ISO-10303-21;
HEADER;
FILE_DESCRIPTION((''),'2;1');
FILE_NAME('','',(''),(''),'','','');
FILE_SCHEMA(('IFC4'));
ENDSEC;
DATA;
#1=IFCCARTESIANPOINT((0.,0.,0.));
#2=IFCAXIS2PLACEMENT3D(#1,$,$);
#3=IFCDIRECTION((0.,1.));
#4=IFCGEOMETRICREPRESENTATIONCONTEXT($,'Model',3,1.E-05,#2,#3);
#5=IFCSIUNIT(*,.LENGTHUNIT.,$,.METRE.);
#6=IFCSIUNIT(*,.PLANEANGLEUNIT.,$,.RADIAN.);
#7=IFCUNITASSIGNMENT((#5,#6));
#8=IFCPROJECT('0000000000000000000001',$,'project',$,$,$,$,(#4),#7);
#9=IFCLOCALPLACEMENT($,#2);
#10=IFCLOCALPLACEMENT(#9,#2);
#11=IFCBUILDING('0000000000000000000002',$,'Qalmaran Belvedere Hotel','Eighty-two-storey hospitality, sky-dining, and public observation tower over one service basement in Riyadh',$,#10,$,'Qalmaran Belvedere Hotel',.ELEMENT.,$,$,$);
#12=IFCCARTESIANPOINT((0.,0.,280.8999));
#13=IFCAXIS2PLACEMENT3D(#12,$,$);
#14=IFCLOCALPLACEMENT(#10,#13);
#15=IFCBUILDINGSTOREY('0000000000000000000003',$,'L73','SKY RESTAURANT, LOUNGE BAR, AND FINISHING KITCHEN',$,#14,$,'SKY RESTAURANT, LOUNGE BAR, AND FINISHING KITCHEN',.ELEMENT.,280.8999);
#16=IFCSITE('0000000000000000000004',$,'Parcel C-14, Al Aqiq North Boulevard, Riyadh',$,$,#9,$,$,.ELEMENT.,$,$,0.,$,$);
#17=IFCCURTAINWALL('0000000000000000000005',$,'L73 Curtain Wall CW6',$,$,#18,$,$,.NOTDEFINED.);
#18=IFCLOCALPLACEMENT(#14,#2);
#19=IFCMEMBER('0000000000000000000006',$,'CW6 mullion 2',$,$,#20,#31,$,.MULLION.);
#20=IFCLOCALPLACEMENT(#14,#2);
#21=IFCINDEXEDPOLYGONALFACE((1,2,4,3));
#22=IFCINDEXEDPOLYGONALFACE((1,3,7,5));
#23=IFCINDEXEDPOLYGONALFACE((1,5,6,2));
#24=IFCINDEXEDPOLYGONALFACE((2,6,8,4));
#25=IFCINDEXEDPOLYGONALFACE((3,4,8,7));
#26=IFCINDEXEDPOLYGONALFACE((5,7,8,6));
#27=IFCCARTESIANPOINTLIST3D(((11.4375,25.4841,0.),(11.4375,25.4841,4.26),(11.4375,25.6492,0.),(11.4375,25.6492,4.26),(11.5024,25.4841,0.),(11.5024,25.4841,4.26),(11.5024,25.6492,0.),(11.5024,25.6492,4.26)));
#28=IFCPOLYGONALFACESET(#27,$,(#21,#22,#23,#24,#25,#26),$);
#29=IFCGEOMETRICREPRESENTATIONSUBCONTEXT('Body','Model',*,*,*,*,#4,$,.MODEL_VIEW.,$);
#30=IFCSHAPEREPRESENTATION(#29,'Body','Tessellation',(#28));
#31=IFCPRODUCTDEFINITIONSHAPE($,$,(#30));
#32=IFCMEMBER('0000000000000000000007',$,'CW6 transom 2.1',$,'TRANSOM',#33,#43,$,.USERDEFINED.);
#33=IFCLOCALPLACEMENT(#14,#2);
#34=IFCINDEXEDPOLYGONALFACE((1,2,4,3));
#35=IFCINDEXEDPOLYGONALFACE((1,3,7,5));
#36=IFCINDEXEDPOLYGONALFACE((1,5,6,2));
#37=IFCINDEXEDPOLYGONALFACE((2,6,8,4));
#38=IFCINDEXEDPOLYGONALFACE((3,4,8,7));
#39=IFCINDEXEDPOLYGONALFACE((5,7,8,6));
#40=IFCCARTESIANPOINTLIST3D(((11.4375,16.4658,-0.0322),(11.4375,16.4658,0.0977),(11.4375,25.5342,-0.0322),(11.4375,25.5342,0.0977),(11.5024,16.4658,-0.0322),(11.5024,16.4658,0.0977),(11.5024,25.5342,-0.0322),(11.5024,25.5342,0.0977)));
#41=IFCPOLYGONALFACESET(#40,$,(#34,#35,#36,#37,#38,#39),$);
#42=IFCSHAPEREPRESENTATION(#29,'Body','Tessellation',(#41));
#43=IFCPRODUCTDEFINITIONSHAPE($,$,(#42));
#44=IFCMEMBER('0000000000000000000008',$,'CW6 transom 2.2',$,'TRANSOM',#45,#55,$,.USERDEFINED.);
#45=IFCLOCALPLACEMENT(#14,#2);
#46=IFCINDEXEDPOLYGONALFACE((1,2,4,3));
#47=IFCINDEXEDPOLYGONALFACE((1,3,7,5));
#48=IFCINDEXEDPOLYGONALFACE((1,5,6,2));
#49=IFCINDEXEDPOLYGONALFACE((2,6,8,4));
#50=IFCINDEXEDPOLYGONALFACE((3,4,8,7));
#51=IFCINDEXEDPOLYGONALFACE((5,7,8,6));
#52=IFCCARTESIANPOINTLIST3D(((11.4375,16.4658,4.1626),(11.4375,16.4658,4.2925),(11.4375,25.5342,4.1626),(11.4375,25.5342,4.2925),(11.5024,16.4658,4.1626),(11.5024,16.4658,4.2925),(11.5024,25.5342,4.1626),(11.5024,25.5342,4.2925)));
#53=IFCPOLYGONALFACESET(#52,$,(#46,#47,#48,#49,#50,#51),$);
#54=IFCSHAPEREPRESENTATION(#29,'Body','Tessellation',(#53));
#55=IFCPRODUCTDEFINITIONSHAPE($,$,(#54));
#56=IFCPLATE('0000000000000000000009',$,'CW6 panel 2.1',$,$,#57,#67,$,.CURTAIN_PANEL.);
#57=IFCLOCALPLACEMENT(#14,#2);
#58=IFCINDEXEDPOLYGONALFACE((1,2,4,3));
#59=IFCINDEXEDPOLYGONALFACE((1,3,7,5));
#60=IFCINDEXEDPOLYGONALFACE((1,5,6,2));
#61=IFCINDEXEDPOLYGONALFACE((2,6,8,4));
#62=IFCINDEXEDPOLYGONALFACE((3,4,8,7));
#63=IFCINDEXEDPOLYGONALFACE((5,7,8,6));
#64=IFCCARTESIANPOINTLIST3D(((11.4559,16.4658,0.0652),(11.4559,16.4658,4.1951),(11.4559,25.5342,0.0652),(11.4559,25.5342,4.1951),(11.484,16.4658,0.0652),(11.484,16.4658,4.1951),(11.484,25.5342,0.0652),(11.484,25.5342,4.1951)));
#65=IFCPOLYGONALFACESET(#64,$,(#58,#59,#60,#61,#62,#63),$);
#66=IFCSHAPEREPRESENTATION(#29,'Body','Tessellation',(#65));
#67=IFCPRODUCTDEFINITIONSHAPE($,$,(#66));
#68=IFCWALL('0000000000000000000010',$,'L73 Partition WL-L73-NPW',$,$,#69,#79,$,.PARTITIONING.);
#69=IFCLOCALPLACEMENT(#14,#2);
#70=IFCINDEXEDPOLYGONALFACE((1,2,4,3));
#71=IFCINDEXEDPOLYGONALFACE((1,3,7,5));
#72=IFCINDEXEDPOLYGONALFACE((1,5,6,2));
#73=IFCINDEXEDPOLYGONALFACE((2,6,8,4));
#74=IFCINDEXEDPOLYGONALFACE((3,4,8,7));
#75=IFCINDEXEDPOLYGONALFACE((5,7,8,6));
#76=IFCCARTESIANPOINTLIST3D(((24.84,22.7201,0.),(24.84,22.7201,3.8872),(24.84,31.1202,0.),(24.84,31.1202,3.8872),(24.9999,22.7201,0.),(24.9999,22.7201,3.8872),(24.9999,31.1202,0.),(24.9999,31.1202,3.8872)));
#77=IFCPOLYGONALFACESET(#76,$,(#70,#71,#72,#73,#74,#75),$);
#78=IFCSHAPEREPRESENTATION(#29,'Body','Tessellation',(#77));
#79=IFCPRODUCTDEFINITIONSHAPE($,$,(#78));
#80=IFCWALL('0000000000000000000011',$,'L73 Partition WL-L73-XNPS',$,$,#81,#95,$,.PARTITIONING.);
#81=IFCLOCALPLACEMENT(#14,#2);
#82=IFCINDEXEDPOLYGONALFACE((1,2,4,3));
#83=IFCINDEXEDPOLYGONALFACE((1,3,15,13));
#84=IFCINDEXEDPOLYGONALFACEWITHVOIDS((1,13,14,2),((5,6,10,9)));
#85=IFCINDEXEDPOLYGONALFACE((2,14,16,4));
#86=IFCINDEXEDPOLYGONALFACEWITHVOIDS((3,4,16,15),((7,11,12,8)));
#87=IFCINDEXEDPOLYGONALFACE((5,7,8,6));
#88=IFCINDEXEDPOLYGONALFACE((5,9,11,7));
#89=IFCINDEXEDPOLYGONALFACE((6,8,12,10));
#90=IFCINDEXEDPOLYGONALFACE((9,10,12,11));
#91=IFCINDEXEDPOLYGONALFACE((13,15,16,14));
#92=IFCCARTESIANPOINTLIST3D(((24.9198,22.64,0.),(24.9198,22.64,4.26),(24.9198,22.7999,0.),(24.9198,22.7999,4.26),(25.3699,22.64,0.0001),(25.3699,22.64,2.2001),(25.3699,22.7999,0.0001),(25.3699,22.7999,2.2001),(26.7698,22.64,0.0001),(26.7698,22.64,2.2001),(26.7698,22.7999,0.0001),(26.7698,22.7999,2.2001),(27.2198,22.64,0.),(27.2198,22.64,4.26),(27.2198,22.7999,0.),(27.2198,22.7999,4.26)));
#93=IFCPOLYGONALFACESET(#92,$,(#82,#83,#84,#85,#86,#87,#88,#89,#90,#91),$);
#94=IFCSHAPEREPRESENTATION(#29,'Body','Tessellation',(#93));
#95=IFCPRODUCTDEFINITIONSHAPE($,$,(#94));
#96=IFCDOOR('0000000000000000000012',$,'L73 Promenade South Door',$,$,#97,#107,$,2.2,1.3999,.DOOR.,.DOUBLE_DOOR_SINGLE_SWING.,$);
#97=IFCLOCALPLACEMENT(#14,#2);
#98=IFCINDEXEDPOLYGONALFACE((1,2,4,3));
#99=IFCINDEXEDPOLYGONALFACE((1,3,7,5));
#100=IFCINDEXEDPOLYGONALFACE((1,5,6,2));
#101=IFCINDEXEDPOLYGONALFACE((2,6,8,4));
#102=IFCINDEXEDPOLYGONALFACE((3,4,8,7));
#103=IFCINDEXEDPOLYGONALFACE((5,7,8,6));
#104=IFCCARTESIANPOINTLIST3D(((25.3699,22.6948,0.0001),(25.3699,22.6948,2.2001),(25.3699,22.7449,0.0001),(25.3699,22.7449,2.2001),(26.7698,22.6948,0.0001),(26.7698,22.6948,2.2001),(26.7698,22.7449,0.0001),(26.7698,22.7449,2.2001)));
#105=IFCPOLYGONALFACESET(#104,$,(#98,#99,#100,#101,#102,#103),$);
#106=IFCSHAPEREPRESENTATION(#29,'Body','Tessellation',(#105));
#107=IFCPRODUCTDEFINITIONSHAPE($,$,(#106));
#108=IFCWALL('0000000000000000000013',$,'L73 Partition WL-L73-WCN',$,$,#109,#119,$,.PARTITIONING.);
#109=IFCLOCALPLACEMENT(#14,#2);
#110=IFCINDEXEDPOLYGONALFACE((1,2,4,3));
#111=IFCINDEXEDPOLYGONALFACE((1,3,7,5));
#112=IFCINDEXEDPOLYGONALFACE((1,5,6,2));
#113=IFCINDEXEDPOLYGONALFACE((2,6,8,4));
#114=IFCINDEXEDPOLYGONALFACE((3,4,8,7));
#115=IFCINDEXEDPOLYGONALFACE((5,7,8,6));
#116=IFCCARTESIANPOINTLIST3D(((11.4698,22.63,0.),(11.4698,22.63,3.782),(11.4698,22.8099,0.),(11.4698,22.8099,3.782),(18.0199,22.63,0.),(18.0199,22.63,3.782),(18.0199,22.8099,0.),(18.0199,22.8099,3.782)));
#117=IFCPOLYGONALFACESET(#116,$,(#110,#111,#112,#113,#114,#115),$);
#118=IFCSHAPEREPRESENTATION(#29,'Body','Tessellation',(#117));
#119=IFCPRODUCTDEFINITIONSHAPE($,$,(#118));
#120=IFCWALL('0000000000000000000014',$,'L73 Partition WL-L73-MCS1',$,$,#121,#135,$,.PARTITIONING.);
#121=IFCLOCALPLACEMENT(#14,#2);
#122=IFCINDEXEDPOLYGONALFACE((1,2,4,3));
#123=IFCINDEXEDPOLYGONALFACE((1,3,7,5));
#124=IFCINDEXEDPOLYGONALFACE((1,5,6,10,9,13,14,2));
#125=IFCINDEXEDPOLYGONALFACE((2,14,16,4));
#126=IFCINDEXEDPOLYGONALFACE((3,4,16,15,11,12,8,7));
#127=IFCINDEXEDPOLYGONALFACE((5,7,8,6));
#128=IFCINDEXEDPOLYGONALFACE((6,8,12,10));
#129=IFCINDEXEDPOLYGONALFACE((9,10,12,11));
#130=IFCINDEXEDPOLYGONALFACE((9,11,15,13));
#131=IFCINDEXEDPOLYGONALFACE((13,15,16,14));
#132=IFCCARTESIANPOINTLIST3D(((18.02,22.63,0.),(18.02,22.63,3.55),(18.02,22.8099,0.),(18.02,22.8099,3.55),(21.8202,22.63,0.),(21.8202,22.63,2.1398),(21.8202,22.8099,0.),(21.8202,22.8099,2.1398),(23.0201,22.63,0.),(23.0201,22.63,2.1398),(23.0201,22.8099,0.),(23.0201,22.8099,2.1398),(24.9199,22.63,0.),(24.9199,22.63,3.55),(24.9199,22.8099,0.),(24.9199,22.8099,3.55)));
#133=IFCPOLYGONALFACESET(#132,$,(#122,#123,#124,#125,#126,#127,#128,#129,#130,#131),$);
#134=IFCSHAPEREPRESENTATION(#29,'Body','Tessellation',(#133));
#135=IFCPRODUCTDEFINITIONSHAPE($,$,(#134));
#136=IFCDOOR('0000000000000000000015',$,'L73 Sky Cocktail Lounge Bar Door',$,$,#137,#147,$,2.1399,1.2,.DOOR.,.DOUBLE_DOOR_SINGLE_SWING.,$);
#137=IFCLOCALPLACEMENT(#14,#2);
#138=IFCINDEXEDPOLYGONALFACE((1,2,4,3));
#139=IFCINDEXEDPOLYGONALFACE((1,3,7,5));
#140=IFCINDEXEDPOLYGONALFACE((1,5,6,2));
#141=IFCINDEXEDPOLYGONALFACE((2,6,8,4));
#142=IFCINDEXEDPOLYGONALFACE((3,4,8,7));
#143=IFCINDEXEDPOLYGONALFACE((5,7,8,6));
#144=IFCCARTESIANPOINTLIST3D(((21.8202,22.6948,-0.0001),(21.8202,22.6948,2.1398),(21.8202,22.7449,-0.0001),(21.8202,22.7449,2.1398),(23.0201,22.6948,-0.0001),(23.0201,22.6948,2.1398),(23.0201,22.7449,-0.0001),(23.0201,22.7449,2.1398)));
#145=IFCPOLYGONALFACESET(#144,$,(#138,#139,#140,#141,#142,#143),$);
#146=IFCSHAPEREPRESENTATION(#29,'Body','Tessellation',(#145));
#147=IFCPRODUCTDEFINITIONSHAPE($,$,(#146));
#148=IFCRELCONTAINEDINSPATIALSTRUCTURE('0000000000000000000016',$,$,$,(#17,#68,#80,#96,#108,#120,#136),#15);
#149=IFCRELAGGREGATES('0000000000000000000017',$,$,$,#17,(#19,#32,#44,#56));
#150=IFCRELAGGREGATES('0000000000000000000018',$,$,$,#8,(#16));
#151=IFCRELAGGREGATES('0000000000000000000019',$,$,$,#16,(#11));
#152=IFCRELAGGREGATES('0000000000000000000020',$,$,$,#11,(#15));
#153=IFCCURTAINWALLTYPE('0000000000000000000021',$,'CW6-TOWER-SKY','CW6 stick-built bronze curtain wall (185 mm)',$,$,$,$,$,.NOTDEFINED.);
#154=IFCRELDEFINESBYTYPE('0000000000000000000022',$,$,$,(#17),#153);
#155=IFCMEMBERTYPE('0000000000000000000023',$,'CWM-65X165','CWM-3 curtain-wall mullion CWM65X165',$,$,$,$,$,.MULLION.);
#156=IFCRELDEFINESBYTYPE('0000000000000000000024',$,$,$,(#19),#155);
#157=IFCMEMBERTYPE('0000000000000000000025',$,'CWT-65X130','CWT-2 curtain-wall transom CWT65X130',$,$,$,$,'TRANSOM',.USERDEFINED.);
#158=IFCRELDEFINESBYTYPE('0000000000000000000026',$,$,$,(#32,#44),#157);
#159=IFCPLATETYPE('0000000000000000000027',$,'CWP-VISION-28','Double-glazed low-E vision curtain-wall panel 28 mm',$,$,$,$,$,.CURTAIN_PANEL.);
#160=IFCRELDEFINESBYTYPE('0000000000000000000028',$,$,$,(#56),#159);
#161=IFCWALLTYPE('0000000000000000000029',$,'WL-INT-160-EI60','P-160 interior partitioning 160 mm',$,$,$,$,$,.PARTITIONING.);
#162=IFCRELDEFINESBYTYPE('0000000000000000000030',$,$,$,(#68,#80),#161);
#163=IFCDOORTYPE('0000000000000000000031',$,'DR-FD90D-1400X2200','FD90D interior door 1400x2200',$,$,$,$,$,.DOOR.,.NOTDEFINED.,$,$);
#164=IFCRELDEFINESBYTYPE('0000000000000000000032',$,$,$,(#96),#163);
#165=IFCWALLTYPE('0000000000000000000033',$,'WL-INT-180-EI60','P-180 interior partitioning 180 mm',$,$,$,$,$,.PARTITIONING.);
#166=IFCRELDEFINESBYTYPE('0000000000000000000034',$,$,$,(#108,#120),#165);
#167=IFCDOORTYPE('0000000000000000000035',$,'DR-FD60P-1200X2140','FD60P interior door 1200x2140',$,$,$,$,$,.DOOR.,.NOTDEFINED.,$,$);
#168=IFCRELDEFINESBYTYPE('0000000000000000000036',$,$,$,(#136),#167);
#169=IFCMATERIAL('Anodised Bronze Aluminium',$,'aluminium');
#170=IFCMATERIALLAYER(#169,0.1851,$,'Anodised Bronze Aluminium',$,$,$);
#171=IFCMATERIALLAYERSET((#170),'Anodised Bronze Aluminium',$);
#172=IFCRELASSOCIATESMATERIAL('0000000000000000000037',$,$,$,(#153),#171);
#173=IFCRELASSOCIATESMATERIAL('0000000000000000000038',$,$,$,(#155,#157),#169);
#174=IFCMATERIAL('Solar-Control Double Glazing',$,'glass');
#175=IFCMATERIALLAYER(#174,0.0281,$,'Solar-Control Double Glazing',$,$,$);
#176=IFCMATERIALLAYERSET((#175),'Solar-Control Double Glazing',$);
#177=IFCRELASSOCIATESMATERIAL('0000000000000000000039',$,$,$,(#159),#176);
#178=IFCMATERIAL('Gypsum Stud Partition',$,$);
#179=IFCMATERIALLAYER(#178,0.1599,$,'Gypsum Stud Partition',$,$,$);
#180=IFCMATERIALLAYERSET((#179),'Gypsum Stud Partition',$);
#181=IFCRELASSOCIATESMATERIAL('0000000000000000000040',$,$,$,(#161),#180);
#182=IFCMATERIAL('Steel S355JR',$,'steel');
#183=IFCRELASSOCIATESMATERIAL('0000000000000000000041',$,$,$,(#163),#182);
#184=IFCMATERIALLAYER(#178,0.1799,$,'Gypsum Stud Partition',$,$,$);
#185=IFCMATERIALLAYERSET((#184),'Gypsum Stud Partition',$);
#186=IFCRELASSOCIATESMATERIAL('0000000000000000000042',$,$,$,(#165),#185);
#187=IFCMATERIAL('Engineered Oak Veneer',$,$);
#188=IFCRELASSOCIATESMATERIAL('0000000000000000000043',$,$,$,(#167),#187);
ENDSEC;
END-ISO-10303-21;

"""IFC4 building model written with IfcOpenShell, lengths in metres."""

from ifc_helpers import new_model, si_unit, direction, frame, frame_2d, origin, origin_2d, place, context, subcontext, project, spatial, rectangle, extrude, material, layer, layer_set, material_profile, profile_set, type_object, element, fill, aggregate, save


model = new_model("IFC4")

# Units and contexts
model_context = context("Model", 3, precision=1e-05, world=origin(), true_north=direction((0.0, 1.0)))
body_context = subcontext(model_context, "Body", "Model", "MODEL_VIEW")
ifc_project = project(units=[si_unit("LENGTHUNIT", "METRE"), si_unit("PLANEANGLEUNIT", "RADIAN")], contexts=[model_context])

# Site, building, storey
site_placement = place(None, origin())
site = spatial("IfcSite", under=ifc_project, at=site_placement, Name="Parcel C-14, Al Aqiq North Boulevard, Riyadh", CompositionType="ELEMENT", RefElevation=0.0)
building_placement = place(site_placement, origin())
building = spatial("IfcBuilding", under=site, at=building_placement, Name="Qalmaran Belvedere Hotel", Description="Eighty-two-storey hospitality, sky-dining, and public observation tower over one service basement in Riyadh", LongName="Qalmaran Belvedere Hotel", CompositionType="ELEMENT")
storey_placement = place(building_placement, frame((0.0, 0.0, 280.8999)))
storey = spatial("IfcBuildingStorey", under=building, at=storey_placement, Name="L73", Description="SKY RESTAURANT, LOUNGE BAR, AND FINISHING KITCHEN", LongName="SKY RESTAURANT, LOUNGE BAR, AND FINISHING KITCHEN", CompositionType="ELEMENT", Elevation=280.8999)

# Shared definitions
ifc_material_1 = material(Name="Steel S355JR", Category="steel")

# Curtain wall, members, plate
ifc_material_2 = material(Name="Anodised Bronze Aluminium", Category="aluminium")
ifc_layer_1 = layer(ifc_material_2, 0.1851, Name="Anodised Bronze Aluminium")
ifc_layer_set_1 = layer_set([ifc_layer_1], Name="Anodised Bronze Aluminium")
curtain_wall_type = type_object("IfcCurtainWallType", Name="CW6-TOWER-SKY", Description="CW6 stick-built bronze curtain wall (185 mm)", PredefinedType="NOTDEFINED", material=ifc_layer_set_1)
curtain_wall_placement = place(storey_placement, origin())
curtain_wall = element("IfcCurtainWall", 1, at=curtain_wall_placement, inside=storey, type_object=curtain_wall_type, Name="L73 Curtain Wall CW6", PredefinedType="NOTDEFINED")
ifc_material_profile_1 = material_profile(ifc_material_2, rectangle(XDim=0.0649, YDim=0.165, at=origin_2d()), Name="CWM65X165")
ifc_profile_set_1 = profile_set([ifc_material_profile_1], Name="Anodised Bronze Aluminium")
member_type_1 = type_object("IfcMemberType", Name="CWM-65X165", Description="CWM-3 curtain-wall mullion CWM65X165", PredefinedType="MULLION", material=ifc_profile_set_1)
member_1_placement = place(storey_placement, frame((11.47, 25.5667, 0.0), z_axis=(0.0, 0.0, 1.0), x_axis=(1.0, 0.0, 0.0)))
member_1 = element("IfcMember", 2, at=member_1_placement, type_object=member_type_1, Name="CW6 mullion 2", PredefinedType="MULLION", context=body_context, shape_type="SweptSolid", body=[
    extrude(rectangle(XDim=0.0649, YDim=0.165, at=origin_2d()), origin(), (0.0, 0.0, 1.0), 4.26),
])
ifc_material_profile_2 = material_profile(ifc_material_2, rectangle(XDim=0.0649, YDim=0.1299, at=origin_2d()), Name="CWT65X130")
ifc_profile_set_2 = profile_set([ifc_material_profile_2], Name="Anodised Bronze Aluminium")
member_type_2 = type_object("IfcMemberType", Name="CWT-65X130", Description="CWT-2 curtain-wall transom CWT65X130", ElementType="TRANSOM", PredefinedType="USERDEFINED", material=ifc_profile_set_2)
member_2_placement = place(storey_placement, frame((11.47, 25.5342, 0.0327), z_axis=(0.0, -1.0, 0.0), x_axis=(1.0, 0.0, 0.0)))
member_2 = element("IfcMember", 3, at=member_2_placement, type_object=member_type_2, Name="CW6 transom 2.1", ObjectType="TRANSOM", PredefinedType="USERDEFINED", context=body_context, shape_type="SweptSolid", body=[
    extrude(rectangle(XDim=0.0649, YDim=0.1299, at=origin_2d()), origin(), (0.0, 0.0, 1.0), 9.0684),
])
member_3_placement = place(storey_placement, frame((11.47, 25.5342, 4.2275), z_axis=(0.0, -1.0, 0.0), x_axis=(1.0, 0.0, 0.0)))
member_3 = element("IfcMember", 4, at=member_3_placement, type_object=member_type_2, Name="CW6 transom 2.2", ObjectType="TRANSOM", PredefinedType="USERDEFINED", context=body_context, shape_type="SweptSolid", body=[
    extrude(rectangle(XDim=0.0649, YDim=0.1299, at=origin_2d()), origin(), (0.0, 0.0, 1.0), 9.0684),
])
ifc_material_3 = material(Name="Solar-Control Double Glazing", Category="glass")
ifc_layer_2 = layer(ifc_material_3, 0.0281, Name="Solar-Control Double Glazing")
ifc_layer_set_2 = layer_set([ifc_layer_2], Name="Solar-Control Double Glazing")
plate_type = type_object("IfcPlateType", Name="CWP-VISION-28", Description="Double-glazed low-E vision curtain-wall panel 28 mm", PredefinedType="CURTAIN_PANEL", material=ifc_layer_set_2)
plate_placement = place(storey_placement, frame((11.47, 21.0, 0.0652), z_axis=(0.0, 0.0, 1.0), x_axis=(0.0, -1.0, 0.0)))
plate = element("IfcPlate", 5, at=plate_placement, type_object=plate_type, Name="CW6 panel 2.1", PredefinedType="CURTAIN_PANEL", context=body_context, shape_type="SweptSolid", body=[
    extrude(rectangle(XDim=9.0684, YDim=0.0281, at=origin_2d()), origin(), (0.0, 0.0, 1.0), 4.1299),
])
aggregate(curtain_wall, [member_1, member_2, member_3, plate])

# Wall
ifc_material_4 = material(Name="Gypsum Stud Partition")
ifc_layer_3 = layer(ifc_material_4, 0.1599, Name="Gypsum Stud Partition")
ifc_layer_set_3 = layer_set([ifc_layer_3], Name="Gypsum Stud Partition")
wall_type_1 = type_object("IfcWallType", Name="WL-INT-160-EI60", Description="P-160 interior partitioning 160 mm", PredefinedType="PARTITIONING", material=ifc_layer_set_3)
wall_1_placement = place(storey_placement, frame((24.9199, 22.72, 0.0), z_axis=(0.0, 0.0, 1.0), x_axis=(0.0, 1.0, 0.0)))
element("IfcWall", 6, at=wall_1_placement, inside=storey, type_object=wall_type_1, Name="L73 Partition WL-L73-NPW", PredefinedType="PARTITIONING", context=body_context, shape_type="SweptSolid", body=[
    extrude(rectangle(XDim=8.4001, YDim=0.1599, at=frame_2d((4.2002, 0.0))), origin(), (0.0, 0.0, 1.0), 3.8872),
])

# Wall, opening, door
wall_2_placement = place(storey_placement, frame((24.9199, 22.72, 0.0), z_axis=(0.0, 0.0, 1.0), x_axis=(1.0, 0.0, 0.0)))
wall_2 = element("IfcWall", 7, at=wall_2_placement, inside=storey, type_object=wall_type_1, Name="L73 Partition WL-L73-XNPS", PredefinedType="PARTITIONING", context=body_context, shape_type="SweptSolid", body=[
    extrude(rectangle(XDim=2.3, YDim=0.1599, at=frame_2d((1.1499, 0.0))), origin(), (0.0, 0.0, 1.0), 4.26),
])
opening_1_placement = place(wall_2_placement, frame((0.45, 0.0, 0.0)))
opening_1 = element("IfcOpeningElement", 8, at=opening_1_placement, cuts=wall_2, PredefinedType="OPENING", context=body_context, shape_type="SweptSolid", body=[
    extrude(rectangle(XDim=1.3999, YDim=2.2, at=frame_2d((0.7, 1.1001))), frame((0.0, 0.0898, 0.0), z_axis=(0.0, -1.0, 0.0), x_axis=(1.0, 0.0, 0.0)), (0.0, 0.0, 1.0), 0.1799),
])
door_type_1 = type_object("IfcDoorType", Name="DR-FD90D-1400X2200", Description="FD90D interior door 1400x2200", OperationType="NOTDEFINED", PredefinedType="DOOR", material=ifc_material_1)
door_1_placement = place(opening_1_placement, origin())
door_1 = element("IfcDoor", 9, at=door_1_placement, inside=storey, type_object=door_type_1, Name="L73 Promenade South Door", OperationType="DOUBLE_DOOR_SINGLE_SWING", OverallHeight=2.2, OverallWidth=1.3999, PredefinedType="DOOR", context=body_context, shape_type="SweptSolid", body=[
    extrude(rectangle(XDim=1.3999, YDim=2.2, at=frame_2d((0.7, 1.1001))), frame((0.0, 0.0249, 0.0), z_axis=(0.0, -1.0, 0.0), x_axis=(1.0, 0.0, 0.0)), (0.0, 0.0, 1.0), 0.05),
])
fill(opening_1, door_1)

# Wall
ifc_layer_4 = layer(ifc_material_4, 0.1799, Name="Gypsum Stud Partition")
ifc_layer_set_4 = layer_set([ifc_layer_4], Name="Gypsum Stud Partition")
wall_type_2 = type_object("IfcWallType", Name="WL-INT-180-EI60", Description="P-180 interior partitioning 180 mm", PredefinedType="PARTITIONING", material=ifc_layer_set_4)
wall_3_placement = place(storey_placement, frame((11.47, 22.72, 0.0), z_axis=(0.0, 0.0, 1.0), x_axis=(1.0, 0.0, 0.0)))
element("IfcWall", 10, at=wall_3_placement, inside=storey, type_object=wall_type_2, Name="L73 Partition WL-L73-WCN", PredefinedType="PARTITIONING", context=body_context, shape_type="SweptSolid", body=[
    extrude(rectangle(XDim=6.55, YDim=0.1799, at=frame_2d((3.2749, 0.0))), origin(), (0.0, 0.0, 1.0), 3.782),
])

# Wall, opening, door
wall_4_placement = place(storey_placement, frame((18.02, 22.72, 0.0), z_axis=(0.0, 0.0, 1.0), x_axis=(1.0, 0.0, 0.0)))
wall_4 = element("IfcWall", 11, at=wall_4_placement, inside=storey, type_object=wall_type_2, Name="L73 Partition WL-L73-MCS1", PredefinedType="PARTITIONING", context=body_context, shape_type="SweptSolid", body=[
    extrude(rectangle(XDim=6.8999, YDim=0.1799, at=frame_2d((3.45, 0.0))), origin(), (0.0, 0.0, 1.0), 3.55),
])
opening_2_placement = place(wall_4_placement, frame((3.8, 0.0, 0.0)))
opening_2 = element("IfcOpeningElement", 12, at=opening_2_placement, cuts=wall_4, PredefinedType="OPENING", context=body_context, shape_type="SweptSolid", body=[
    extrude(rectangle(XDim=1.2, YDim=2.1399, at=frame_2d((0.6001, 1.0698))), frame((0.0, 0.1001, 0.0), z_axis=(0.0, -1.0, 0.0), x_axis=(1.0, 0.0, 0.0)), (0.0, 0.0, 1.0), 0.2),
])
ifc_material_5 = material(Name="Engineered Oak Veneer")
door_type_2 = type_object("IfcDoorType", Name="DR-FD60P-1200X2140", Description="FD60P interior door 1200x2140", OperationType="NOTDEFINED", PredefinedType="DOOR", material=ifc_material_5)
door_2_placement = place(opening_2_placement, origin())
door_2 = element("IfcDoor", 13, at=door_2_placement, inside=storey, type_object=door_type_2, Name="L73 Sky Cocktail Lounge Bar Door", OperationType="DOUBLE_DOOR_SINGLE_SWING", OverallHeight=2.1399, OverallWidth=1.2, PredefinedType="DOOR", context=body_context, shape_type="SweptSolid", body=[
    extrude(rectangle(XDim=1.2, YDim=2.1399, at=frame_2d((0.6001, 1.0698))), frame((0.0, 0.0249, 0.0), z_axis=(0.0, -1.0, 0.0), x_axis=(1.0, 0.0, 0.0)), (0.0, 0.0, 1.0), 0.05),
])
fill(opening_2, door_2)

save(model, "model.ifc")
